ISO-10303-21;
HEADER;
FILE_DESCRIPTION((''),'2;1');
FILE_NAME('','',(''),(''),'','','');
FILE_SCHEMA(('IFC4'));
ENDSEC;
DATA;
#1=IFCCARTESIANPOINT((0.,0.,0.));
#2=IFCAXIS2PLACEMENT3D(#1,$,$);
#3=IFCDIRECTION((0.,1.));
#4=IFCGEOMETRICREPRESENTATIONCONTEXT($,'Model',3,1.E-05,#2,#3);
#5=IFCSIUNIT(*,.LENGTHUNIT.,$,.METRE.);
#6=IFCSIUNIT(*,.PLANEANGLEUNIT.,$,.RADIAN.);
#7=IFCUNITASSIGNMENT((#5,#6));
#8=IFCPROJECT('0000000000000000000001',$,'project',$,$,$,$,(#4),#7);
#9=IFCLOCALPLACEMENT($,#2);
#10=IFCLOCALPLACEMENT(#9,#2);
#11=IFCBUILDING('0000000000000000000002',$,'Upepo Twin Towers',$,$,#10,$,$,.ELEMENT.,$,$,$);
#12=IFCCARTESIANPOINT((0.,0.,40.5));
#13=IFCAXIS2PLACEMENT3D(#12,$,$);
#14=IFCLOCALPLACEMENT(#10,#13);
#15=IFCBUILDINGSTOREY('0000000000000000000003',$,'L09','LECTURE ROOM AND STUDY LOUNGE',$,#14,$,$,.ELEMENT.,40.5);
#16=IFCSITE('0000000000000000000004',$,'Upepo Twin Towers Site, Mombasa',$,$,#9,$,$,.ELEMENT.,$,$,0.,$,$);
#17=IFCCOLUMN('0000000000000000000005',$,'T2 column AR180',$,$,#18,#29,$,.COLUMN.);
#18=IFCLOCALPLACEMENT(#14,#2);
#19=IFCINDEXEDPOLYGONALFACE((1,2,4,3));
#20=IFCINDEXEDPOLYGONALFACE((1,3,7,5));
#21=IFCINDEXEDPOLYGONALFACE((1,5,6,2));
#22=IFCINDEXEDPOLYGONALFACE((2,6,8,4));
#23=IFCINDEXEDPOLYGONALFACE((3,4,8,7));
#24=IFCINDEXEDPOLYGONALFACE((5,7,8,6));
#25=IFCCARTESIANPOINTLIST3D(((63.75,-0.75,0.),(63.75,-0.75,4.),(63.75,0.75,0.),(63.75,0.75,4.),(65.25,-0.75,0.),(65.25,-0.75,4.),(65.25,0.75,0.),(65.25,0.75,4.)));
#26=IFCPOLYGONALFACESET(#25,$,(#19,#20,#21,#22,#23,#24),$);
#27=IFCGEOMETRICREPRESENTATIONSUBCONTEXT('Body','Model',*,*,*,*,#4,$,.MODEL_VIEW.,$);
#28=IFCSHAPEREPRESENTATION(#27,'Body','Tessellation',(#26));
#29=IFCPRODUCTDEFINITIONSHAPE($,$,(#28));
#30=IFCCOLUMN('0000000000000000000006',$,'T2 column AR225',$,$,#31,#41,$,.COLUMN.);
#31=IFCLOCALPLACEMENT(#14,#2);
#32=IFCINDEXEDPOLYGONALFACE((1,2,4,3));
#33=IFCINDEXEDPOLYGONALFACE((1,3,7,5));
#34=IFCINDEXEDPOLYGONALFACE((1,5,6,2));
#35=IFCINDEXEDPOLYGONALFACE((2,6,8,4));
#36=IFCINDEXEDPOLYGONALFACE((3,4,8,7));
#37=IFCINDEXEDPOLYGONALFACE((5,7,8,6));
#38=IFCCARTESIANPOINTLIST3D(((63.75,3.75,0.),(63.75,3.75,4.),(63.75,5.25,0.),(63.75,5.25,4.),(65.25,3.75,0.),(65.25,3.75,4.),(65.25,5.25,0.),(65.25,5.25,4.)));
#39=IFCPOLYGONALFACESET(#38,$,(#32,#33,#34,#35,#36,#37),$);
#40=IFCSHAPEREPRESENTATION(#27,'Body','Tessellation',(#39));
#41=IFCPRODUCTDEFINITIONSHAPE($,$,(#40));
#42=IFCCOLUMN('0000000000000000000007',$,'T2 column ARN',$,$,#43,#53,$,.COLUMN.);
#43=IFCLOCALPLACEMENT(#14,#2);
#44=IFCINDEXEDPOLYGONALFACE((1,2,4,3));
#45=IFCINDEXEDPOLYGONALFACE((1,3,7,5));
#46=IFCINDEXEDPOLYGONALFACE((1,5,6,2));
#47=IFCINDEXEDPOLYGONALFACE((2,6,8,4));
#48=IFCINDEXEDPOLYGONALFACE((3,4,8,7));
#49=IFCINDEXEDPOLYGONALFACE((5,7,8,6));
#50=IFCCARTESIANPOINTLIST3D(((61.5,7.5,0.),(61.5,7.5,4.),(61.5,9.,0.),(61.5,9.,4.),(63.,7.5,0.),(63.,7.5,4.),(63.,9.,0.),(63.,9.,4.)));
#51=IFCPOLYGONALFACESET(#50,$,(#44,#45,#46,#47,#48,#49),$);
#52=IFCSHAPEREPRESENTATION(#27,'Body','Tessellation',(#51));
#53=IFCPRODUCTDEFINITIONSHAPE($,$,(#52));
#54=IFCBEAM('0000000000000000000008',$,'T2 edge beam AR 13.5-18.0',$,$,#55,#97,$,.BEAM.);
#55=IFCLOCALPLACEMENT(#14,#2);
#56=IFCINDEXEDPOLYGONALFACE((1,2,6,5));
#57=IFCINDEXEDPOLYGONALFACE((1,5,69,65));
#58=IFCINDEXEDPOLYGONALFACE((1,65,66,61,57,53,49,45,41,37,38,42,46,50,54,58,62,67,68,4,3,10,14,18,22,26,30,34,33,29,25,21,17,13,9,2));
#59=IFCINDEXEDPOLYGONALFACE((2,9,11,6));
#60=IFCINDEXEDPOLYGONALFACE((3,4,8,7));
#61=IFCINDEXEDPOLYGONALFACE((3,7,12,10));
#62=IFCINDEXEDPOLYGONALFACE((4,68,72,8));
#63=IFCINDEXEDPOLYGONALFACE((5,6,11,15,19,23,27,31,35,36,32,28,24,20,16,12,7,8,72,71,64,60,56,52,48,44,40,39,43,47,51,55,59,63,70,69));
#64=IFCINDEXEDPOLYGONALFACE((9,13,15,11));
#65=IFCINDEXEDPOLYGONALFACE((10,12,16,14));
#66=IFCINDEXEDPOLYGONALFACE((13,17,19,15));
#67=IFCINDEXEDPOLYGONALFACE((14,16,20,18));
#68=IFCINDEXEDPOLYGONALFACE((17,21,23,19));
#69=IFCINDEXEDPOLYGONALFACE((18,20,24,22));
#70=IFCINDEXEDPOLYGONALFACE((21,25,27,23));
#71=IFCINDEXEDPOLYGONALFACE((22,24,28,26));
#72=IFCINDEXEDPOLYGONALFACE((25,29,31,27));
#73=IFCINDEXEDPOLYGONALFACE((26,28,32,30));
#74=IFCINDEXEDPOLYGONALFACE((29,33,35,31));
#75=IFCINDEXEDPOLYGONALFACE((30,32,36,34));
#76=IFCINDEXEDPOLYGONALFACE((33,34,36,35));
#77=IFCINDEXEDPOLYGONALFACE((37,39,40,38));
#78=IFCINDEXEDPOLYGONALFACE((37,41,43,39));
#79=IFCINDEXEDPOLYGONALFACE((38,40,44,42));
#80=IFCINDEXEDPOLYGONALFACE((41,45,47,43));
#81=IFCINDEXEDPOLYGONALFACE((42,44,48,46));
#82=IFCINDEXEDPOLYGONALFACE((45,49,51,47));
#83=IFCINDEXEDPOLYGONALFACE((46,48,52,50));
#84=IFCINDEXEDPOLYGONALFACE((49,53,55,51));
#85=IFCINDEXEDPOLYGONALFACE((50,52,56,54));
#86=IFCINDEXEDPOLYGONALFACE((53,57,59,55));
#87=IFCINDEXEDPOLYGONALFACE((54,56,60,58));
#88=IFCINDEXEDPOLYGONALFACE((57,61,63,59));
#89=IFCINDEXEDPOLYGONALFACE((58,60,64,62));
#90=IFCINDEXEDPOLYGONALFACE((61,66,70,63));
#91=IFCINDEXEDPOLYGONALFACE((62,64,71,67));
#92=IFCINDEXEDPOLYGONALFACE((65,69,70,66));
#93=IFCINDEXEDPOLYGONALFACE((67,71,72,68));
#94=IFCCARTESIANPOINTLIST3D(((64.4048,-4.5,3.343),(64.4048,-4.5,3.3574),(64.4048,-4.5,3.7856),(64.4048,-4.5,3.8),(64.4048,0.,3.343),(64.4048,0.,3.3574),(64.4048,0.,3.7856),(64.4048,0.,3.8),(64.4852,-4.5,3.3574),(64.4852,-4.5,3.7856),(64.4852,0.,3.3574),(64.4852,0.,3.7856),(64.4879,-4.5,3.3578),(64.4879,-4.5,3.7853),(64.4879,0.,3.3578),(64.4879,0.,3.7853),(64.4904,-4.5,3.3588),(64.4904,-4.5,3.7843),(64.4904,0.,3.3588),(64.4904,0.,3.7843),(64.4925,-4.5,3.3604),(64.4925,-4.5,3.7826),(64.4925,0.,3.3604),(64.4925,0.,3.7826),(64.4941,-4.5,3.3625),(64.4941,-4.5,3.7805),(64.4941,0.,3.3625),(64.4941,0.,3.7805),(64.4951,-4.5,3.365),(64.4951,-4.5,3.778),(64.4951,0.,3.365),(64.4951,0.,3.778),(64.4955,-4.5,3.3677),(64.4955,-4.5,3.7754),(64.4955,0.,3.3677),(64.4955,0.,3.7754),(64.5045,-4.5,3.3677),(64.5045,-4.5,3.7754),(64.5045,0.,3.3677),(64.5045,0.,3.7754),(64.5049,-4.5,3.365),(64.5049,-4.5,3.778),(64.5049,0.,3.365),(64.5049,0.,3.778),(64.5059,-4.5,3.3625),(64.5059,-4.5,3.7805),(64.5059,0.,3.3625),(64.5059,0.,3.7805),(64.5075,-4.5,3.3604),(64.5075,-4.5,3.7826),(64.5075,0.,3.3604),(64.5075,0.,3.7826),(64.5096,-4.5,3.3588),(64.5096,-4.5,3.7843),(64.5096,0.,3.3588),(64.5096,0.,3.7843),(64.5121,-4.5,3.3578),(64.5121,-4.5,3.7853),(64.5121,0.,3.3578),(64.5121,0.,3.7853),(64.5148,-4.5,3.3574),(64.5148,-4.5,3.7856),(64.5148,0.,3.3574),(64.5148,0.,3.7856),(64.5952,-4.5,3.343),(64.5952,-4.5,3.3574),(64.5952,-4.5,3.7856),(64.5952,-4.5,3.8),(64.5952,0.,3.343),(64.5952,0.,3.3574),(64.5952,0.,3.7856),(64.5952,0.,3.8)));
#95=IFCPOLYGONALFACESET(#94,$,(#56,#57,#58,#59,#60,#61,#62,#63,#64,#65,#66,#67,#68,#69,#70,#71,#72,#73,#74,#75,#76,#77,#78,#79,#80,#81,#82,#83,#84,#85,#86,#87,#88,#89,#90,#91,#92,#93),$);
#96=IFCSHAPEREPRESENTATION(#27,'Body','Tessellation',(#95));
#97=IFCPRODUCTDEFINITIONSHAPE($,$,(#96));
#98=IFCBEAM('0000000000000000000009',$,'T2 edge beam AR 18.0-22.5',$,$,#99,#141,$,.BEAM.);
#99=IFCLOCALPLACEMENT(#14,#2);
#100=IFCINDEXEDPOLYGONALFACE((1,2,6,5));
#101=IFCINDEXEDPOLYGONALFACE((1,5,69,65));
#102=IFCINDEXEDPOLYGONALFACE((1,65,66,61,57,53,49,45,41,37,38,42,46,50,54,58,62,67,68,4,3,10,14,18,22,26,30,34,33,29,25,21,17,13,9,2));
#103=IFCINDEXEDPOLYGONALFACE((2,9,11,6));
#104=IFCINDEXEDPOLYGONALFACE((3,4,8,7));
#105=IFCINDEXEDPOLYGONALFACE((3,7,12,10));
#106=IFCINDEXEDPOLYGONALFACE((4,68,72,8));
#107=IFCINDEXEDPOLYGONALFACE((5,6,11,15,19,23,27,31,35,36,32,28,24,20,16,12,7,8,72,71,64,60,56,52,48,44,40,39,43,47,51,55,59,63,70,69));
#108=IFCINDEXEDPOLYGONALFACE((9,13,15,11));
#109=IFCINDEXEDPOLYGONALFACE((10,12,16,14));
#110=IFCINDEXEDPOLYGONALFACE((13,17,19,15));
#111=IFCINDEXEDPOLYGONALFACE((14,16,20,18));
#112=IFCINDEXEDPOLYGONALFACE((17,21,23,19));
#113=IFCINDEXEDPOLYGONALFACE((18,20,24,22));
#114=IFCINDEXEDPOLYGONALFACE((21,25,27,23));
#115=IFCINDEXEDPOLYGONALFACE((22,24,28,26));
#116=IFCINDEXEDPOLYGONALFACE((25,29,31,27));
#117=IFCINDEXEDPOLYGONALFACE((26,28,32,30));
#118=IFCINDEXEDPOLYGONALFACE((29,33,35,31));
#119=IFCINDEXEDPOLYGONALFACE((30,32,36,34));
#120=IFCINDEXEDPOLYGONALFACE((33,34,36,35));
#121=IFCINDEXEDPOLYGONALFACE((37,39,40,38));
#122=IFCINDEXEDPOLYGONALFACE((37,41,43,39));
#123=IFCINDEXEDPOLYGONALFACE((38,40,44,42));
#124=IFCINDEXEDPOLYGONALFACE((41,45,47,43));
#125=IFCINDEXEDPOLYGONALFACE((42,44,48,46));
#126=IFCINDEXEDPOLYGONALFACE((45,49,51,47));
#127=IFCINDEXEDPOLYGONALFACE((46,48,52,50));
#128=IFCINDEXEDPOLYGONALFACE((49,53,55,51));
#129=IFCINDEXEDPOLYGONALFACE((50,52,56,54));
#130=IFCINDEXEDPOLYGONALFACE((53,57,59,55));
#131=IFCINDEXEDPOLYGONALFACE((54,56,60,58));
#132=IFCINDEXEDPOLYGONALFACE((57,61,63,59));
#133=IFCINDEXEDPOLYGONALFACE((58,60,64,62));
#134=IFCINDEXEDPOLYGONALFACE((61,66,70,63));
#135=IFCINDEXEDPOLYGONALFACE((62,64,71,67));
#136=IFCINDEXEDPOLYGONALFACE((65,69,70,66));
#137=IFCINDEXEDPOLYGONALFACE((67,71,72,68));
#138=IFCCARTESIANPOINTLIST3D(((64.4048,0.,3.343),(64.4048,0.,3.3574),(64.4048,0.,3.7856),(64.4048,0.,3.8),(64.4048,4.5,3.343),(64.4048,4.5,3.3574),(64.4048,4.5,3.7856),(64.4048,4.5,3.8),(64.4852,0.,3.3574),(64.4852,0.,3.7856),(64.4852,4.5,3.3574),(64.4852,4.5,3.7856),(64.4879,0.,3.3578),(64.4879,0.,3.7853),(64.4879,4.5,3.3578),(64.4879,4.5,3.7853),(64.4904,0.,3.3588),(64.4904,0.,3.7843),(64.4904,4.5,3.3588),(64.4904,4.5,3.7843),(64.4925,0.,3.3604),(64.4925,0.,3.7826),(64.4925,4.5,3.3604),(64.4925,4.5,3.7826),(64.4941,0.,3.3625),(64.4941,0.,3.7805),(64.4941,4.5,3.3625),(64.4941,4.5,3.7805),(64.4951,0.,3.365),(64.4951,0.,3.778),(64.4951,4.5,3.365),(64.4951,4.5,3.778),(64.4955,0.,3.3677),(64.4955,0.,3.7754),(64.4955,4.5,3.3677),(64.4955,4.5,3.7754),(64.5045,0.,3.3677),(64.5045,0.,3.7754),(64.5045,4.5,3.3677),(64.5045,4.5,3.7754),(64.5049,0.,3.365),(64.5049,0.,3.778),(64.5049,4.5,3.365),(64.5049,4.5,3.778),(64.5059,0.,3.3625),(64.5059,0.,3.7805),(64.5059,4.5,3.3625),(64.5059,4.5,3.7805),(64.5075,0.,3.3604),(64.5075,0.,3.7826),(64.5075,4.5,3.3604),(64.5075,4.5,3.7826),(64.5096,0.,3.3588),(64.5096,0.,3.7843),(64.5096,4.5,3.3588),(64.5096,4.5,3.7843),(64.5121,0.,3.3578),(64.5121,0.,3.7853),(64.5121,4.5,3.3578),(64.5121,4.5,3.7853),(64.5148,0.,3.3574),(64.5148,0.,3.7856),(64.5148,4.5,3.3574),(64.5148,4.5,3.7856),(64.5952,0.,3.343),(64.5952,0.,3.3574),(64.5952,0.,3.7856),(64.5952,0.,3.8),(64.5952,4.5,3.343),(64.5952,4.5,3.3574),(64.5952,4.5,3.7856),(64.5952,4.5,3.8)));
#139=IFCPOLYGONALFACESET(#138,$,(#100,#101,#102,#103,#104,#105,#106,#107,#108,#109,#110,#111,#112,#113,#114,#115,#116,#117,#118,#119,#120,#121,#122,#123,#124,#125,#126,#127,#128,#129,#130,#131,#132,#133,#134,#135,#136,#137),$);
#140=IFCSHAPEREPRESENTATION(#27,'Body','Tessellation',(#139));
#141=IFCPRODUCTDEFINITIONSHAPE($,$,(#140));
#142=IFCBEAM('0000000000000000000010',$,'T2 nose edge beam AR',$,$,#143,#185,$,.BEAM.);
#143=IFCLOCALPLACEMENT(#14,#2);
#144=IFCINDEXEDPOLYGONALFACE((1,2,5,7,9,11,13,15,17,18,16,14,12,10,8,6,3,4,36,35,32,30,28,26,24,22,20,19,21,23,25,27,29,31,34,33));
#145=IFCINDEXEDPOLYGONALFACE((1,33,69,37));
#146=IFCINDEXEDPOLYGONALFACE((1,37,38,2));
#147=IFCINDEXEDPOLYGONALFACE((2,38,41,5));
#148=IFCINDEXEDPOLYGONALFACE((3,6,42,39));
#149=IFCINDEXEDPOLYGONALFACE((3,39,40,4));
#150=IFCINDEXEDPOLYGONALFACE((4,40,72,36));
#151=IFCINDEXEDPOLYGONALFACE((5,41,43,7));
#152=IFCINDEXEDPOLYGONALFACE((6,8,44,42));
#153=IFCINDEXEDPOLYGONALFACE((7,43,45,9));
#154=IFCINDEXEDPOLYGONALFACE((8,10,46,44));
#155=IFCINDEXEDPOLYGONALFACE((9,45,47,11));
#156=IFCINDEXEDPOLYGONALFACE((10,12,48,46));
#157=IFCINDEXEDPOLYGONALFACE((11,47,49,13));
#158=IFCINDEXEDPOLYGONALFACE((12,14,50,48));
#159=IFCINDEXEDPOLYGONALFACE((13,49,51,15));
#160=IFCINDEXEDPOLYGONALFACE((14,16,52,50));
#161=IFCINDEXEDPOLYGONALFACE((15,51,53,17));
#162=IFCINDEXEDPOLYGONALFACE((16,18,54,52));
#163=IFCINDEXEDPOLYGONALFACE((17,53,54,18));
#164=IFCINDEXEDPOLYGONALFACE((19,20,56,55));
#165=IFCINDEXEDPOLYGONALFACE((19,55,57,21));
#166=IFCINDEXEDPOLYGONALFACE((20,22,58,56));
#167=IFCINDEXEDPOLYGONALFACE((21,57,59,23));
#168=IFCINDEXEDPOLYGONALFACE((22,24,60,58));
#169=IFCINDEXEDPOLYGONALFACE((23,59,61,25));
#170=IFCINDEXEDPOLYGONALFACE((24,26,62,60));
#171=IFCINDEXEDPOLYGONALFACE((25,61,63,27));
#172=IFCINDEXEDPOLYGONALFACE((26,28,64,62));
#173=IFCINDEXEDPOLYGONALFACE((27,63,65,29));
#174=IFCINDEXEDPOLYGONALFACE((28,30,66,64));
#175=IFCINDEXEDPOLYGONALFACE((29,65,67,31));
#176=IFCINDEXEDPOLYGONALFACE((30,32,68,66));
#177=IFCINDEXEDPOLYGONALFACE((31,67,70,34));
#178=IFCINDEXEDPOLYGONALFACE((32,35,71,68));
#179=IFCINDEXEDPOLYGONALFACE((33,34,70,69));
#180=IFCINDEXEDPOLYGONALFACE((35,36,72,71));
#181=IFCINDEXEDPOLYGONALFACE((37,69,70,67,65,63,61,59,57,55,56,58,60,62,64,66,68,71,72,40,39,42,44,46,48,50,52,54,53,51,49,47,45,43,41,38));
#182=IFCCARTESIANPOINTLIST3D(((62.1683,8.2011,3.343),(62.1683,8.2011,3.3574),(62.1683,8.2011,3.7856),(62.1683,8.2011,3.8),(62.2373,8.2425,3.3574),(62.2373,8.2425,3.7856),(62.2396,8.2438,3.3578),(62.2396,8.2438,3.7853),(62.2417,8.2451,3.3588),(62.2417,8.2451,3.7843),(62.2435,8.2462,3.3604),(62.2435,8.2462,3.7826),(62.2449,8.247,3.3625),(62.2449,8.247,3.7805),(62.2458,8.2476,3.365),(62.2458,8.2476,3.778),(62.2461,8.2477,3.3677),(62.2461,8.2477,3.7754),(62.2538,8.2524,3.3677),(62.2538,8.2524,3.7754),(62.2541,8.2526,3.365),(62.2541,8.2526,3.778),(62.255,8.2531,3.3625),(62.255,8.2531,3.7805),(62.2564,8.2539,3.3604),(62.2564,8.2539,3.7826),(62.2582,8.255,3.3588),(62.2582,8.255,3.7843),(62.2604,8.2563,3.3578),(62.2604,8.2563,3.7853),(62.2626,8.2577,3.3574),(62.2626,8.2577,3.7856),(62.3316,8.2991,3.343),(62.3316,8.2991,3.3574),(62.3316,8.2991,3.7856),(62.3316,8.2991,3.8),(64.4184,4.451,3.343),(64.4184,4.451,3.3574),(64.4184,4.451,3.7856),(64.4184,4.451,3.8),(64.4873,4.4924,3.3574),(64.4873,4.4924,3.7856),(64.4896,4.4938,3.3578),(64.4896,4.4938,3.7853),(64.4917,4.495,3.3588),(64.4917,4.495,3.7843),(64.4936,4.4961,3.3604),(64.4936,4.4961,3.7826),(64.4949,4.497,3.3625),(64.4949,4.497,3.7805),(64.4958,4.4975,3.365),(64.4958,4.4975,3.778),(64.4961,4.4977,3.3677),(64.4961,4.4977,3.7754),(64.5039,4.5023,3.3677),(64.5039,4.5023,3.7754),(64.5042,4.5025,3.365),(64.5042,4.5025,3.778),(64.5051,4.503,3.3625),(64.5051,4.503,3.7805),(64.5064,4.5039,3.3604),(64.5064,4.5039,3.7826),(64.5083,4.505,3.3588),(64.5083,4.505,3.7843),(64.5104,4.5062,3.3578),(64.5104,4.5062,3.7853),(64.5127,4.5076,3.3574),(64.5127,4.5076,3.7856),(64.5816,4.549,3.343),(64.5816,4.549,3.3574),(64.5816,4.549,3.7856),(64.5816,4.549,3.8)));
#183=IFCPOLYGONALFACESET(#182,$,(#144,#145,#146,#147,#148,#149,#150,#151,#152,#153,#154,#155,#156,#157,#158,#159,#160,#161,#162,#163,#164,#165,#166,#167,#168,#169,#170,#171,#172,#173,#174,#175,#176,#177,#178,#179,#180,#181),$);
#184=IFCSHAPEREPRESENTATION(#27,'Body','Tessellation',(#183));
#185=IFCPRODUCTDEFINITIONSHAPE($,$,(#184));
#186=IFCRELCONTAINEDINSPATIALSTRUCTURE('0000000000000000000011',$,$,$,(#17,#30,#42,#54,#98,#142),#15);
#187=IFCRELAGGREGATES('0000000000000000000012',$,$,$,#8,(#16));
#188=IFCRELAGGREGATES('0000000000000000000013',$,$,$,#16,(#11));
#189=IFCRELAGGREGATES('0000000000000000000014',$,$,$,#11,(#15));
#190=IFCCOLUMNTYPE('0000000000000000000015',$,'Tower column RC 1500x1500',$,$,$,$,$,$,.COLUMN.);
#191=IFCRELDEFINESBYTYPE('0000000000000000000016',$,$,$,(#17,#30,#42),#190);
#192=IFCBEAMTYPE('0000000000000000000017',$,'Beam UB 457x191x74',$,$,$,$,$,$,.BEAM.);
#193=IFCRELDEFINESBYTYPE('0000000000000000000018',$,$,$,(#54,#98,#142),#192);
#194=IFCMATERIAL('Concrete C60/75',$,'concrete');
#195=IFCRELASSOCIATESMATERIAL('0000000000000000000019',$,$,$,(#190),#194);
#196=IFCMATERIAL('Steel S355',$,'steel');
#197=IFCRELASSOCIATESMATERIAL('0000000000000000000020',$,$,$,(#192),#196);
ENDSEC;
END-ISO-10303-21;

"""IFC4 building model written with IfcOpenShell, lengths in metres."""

from ifc_helpers import new_model, si_unit, direction, frame, origin, origin_2d, place, context, subcontext, project, spatial, rectangle, i_section, extrude, material, material_profile, profile_set, type_object, element, save


model = new_model("IFC4")

# Units and contexts
model_context = context("Model", 3, precision=1e-05, world=origin(), true_north=direction((0.0, 1.0)))
body_context = subcontext(model_context, "Body", "Model", "MODEL_VIEW")
ifc_project = project(units=[si_unit("LENGTHUNIT", "METRE"), si_unit("PLANEANGLEUNIT", "RADIAN")], contexts=[model_context])

# Site, building, storey
site_placement = place(None, origin())
site = spatial("IfcSite", under=ifc_project, at=site_placement, Name="Upepo Twin Towers Site, Mombasa", CompositionType="ELEMENT", RefElevation=0.0)
building_placement = place(site_placement, origin())
building = spatial("IfcBuilding", under=site, at=building_placement, Name="Upepo Twin Towers", CompositionType="ELEMENT")
storey_placement = place(building_placement, frame((0.0, 0.0, 40.5)))
storey = spatial("IfcBuildingStorey", under=building, at=storey_placement, Name="L09", Description="LECTURE ROOM AND STUDY LOUNGE", CompositionType="ELEMENT", Elevation=40.5)

# Columns
ifc_material_1 = material(Name="Concrete C60/75", Category="concrete")
ifc_material_profile_1 = material_profile(ifc_material_1, rectangle(XDim=1.5, YDim=1.5, at=origin_2d()), Name="RC 1500x1500")
ifc_profile_set_1 = profile_set([ifc_material_profile_1], Name="Concrete C60/75")
column_type = type_object("IfcColumnType", Name="Tower column RC 1500x1500", PredefinedType="COLUMN", material=ifc_profile_set_1)
for number, where, z_axis, x_axis, name in (
    (1, (64.5, 0.0, 0.0), (0.0, 0.0, 1.0), (1.0, 0.0, 0.0), "T2 column AR180"),
    (2, (64.5, 4.5, 0.0), (0.0, 0.0, 1.0), (1.0, 0.0, 0.0), "T2 column AR225"),
    (3, (62.25, 8.25, 0.0), (0.0, 0.0, 1.0), (1.0, 0.0, 0.0), "T2 column ARN"),
):
    element("IfcColumn", number, at=place(storey_placement, frame(where, z_axis=z_axis, x_axis=x_axis)), inside=storey, type_object=column_type, Name=name, PredefinedType="COLUMN", context=body_context, shape_type="SweptSolid", body=[
        extrude(rectangle(XDim=1.5, YDim=1.5, at=origin_2d()), origin(), (0.0, 0.0, 1.0), 4.0),
    ])

# Beams
ifc_material_2 = material(Name="Steel S355", Category="steel")
ifc_material_profile_2 = material_profile(ifc_material_2, i_section(OverallWidth=0.1904, OverallDepth=0.457, WebThickness=0.009, FlangeThickness=0.0144, FilletRadius=0.0103, at=origin_2d()), Name="UB 457x191x74")
ifc_profile_set_2 = profile_set([ifc_material_profile_2], Name="Steel S355")
beam_type_1 = type_object("IfcBeamType", Name="Beam UB 457x191x74", PredefinedType="BEAM", material=ifc_profile_set_2)
for number, where, z_axis, x_axis, name in (
    (4, (64.5, -4.5, 3.5715), (0.0, 1.0, 0.0), (-1.0, 0.0, 0.0), "T2 edge beam AR 13.5-18.0"),
    (5, (64.5, 0.0, 3.5715), (0.0, 1.0, 0.0), (-1.0, 0.0, 0.0), "T2 edge beam AR 18.0-22.5"),
):
    element("IfcBeam", number, at=place(storey_placement, frame(where, z_axis=z_axis, x_axis=x_axis)), inside=storey, type_object=beam_type_1, Name=name, PredefinedType="BEAM", context=body_context, shape_type="SweptSolid", body=[
        extrude(i_section(OverallWidth=0.1904, OverallDepth=0.457, WebThickness=0.009, FlangeThickness=0.0144, FilletRadius=0.0103, at=origin_2d()), origin(), (0.0, 0.0, 1.0), 4.5),
    ])
beam_1_placement = place(storey_placement, frame((64.5, 4.5, 3.5715), z_axis=(-0.514496, 0.857493, 0.0), x_axis=(-0.857493, -0.514496, 0.0)))
element("IfcBeam", 6, at=beam_1_placement, inside=storey, type_object=beam_type_1, Name="T2 nose edge beam AR", PredefinedType="BEAM", context=body_context, shape_type="SweptSolid", body=[
    extrude(i_section(OverallWidth=0.1904, OverallDepth=0.457, WebThickness=0.009, FlangeThickness=0.0144, FilletRadius=0.0103, at=origin_2d()), origin(), (0.0, 0.0, 1.0), 4.3733),
])

save(model, "model.ifc")
